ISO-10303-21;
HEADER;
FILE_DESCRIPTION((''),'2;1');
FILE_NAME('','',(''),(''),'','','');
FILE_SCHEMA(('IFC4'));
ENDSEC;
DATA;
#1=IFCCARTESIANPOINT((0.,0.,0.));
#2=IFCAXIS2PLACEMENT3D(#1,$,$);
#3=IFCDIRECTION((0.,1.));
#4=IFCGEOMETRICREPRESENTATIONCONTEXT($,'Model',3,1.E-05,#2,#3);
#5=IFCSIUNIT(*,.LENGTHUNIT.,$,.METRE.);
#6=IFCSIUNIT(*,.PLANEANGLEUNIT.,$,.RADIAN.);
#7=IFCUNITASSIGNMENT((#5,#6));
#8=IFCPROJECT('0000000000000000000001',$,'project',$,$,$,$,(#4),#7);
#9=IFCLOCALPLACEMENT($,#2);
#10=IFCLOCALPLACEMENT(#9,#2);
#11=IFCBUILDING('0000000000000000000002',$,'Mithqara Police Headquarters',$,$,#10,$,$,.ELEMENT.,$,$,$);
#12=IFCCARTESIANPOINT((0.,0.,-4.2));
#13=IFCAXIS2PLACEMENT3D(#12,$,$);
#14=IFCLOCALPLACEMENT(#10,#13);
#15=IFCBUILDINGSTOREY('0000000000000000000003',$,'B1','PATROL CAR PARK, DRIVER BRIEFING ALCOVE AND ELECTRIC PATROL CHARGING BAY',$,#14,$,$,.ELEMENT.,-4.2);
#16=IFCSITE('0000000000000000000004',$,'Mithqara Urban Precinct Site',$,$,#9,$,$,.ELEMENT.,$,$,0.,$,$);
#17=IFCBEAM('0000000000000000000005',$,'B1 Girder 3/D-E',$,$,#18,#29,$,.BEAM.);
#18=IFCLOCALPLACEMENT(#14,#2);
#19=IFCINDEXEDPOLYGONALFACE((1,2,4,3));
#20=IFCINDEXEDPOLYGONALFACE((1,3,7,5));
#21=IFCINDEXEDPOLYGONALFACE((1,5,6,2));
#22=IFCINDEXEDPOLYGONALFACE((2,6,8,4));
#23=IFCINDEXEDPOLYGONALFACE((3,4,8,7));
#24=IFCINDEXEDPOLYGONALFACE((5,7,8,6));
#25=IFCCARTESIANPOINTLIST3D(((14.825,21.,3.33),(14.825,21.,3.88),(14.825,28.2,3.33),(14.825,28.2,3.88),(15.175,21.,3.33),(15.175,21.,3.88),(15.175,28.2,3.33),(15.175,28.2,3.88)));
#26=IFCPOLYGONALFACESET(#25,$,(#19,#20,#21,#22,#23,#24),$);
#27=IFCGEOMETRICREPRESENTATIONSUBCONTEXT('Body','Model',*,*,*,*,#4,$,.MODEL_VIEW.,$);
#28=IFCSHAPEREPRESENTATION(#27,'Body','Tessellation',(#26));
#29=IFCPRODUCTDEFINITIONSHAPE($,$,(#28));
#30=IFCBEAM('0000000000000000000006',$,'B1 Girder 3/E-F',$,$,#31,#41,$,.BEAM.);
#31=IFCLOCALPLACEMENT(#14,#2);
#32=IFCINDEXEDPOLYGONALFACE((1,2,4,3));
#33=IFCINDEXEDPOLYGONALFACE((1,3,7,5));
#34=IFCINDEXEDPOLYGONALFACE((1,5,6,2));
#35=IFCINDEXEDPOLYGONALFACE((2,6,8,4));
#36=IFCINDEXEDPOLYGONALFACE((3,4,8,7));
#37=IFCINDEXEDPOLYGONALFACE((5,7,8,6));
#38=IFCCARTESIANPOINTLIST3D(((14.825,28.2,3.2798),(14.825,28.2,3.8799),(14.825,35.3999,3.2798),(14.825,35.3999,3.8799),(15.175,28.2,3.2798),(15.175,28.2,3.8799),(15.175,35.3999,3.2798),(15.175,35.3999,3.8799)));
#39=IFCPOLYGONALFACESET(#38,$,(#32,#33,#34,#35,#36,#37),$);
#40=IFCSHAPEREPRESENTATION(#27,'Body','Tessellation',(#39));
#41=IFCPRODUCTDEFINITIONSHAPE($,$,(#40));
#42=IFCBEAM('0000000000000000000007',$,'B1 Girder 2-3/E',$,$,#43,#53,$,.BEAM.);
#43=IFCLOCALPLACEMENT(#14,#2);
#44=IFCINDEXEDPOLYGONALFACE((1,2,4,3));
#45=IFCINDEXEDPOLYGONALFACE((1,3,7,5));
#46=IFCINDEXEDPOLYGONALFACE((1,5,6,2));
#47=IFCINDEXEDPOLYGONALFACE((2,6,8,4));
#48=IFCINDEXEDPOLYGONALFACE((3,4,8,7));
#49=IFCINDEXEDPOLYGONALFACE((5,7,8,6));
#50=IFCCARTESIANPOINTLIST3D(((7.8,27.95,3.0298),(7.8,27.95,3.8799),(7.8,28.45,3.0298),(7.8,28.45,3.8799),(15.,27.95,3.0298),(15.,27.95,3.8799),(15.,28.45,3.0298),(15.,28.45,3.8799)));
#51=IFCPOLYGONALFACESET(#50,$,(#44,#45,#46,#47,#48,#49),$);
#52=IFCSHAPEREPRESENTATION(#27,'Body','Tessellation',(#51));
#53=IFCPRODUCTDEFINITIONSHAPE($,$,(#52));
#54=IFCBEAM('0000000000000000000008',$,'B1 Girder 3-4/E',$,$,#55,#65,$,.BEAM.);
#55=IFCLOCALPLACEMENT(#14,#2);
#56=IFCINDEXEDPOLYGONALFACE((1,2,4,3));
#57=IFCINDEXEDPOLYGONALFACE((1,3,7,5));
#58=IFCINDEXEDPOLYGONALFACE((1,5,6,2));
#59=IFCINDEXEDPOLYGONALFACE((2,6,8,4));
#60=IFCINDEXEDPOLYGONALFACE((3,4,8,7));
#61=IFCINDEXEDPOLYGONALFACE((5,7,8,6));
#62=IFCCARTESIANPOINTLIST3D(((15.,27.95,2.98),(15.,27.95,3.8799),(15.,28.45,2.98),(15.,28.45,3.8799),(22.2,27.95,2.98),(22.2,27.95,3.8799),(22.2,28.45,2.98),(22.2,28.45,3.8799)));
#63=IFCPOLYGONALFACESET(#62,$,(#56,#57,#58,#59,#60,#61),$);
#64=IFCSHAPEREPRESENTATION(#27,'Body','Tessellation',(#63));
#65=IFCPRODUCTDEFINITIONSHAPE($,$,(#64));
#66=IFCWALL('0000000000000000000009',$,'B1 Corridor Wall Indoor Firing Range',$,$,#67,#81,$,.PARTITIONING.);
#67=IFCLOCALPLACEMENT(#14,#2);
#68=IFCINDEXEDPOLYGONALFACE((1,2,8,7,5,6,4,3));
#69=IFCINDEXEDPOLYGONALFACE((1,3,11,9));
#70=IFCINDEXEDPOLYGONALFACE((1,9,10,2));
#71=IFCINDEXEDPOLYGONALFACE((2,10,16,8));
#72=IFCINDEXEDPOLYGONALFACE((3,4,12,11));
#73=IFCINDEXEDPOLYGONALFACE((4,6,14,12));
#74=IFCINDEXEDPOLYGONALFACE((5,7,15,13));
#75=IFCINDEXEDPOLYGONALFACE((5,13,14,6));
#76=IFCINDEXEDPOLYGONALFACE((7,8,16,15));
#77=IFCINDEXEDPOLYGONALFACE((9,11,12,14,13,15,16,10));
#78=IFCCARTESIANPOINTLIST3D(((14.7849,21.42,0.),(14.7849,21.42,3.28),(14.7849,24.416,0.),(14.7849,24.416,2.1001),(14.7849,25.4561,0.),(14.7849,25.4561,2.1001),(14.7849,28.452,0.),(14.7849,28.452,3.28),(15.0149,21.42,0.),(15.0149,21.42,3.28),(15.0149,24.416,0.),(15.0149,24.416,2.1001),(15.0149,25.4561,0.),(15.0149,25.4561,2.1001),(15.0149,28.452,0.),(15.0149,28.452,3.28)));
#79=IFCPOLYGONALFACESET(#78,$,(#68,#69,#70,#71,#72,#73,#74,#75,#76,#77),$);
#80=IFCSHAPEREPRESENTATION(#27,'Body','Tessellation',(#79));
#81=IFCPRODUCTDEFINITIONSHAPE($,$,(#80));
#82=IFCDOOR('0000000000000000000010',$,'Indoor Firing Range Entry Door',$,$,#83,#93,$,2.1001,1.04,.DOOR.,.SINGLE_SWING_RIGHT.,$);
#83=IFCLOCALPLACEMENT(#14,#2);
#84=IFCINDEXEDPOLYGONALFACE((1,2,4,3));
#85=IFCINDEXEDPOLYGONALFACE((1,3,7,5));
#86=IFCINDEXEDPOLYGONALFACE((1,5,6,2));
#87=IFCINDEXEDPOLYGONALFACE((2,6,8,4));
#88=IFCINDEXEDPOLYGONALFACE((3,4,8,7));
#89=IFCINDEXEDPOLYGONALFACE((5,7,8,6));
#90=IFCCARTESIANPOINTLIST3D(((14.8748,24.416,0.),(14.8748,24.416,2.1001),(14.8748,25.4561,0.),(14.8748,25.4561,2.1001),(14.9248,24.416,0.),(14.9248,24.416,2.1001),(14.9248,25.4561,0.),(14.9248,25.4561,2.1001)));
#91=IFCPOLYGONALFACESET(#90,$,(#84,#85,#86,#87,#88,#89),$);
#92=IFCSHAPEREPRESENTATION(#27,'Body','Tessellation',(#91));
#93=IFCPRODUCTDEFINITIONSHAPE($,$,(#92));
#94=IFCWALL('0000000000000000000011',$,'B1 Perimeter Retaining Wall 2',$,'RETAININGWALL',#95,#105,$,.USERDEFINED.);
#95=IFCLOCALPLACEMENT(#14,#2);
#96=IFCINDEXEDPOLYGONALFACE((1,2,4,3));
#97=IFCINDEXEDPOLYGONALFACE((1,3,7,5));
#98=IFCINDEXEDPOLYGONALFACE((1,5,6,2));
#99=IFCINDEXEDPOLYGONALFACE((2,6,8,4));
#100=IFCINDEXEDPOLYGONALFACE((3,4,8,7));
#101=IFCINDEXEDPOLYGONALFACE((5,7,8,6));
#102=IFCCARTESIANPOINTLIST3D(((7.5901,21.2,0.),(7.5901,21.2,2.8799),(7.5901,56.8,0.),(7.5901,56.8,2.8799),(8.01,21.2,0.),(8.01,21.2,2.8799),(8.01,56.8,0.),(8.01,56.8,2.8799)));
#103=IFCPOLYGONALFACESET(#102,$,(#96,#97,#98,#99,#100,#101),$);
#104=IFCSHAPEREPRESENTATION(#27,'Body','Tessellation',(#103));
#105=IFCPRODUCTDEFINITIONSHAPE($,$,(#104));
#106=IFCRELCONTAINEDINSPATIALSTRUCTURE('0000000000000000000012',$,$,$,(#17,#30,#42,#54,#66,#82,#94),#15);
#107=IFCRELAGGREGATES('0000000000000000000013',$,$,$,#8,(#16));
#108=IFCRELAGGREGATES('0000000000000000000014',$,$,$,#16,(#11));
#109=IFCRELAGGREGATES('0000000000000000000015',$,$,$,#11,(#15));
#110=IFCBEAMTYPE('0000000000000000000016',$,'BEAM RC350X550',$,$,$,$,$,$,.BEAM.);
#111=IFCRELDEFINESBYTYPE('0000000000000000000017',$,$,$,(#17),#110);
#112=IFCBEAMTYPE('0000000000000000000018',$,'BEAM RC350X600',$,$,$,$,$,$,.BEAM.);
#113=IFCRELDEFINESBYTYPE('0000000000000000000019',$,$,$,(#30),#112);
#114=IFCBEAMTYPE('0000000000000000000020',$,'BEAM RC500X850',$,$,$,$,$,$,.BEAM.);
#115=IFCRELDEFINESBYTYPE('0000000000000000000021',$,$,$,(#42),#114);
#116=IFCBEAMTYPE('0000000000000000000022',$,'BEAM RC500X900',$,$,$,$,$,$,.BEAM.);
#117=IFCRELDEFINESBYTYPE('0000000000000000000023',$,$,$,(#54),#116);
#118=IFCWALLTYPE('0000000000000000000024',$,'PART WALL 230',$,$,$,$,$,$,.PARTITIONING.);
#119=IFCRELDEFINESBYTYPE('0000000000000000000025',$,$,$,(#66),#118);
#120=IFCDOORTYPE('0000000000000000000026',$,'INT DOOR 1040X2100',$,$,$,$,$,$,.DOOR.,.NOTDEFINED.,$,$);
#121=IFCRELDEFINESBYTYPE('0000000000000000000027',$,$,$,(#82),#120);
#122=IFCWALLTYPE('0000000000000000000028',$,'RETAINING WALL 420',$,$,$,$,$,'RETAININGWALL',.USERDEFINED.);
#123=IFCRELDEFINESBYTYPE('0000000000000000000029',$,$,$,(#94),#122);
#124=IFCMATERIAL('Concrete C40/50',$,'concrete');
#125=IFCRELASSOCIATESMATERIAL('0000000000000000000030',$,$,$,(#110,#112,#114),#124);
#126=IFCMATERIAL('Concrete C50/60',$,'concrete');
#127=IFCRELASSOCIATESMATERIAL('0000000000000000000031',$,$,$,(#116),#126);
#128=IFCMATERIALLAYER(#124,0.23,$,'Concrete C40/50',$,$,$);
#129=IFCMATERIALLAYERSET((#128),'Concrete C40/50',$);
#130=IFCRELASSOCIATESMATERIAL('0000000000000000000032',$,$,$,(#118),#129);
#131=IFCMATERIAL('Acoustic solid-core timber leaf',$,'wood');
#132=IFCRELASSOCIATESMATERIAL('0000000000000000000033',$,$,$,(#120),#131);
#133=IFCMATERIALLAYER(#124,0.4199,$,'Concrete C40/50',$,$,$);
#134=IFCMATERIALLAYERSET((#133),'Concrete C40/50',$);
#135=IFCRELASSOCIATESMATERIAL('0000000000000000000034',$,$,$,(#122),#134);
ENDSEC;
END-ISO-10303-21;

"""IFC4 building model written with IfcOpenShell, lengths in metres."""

from ifc_helpers import new_model, si_unit, direction, frame, frame_2d, origin, origin_2d, place, context, subcontext, project, spatial, rectangle, extrude, material, layer, layer_set, material_profile, profile_set, type_object, element, fill, save


model = new_model("IFC4")

# Units and contexts
model_context = context("Model", 3, precision=1e-05, world=origin(), true_north=direction((0.0, 1.0)))
body_context = subcontext(model_context, "Body", "Model", "MODEL_VIEW")
ifc_project = project(units=[si_unit("LENGTHUNIT", "METRE"), si_unit("PLANEANGLEUNIT", "RADIAN")], contexts=[model_context])

# Site, building, storey
site_placement = place(None, origin())
site = spatial("IfcSite", under=ifc_project, at=site_placement, Name="Mithqara Urban Precinct Site", CompositionType="ELEMENT", RefElevation=0.0)
building_placement = place(site_placement, origin())
building = spatial("IfcBuilding", under=site, at=building_placement, Name="Mithqara Police Headquarters", CompositionType="ELEMENT")
storey_placement = place(building_placement, frame((0.0, 0.0, -4.2)))
storey = spatial("IfcBuildingStorey", under=building, at=storey_placement, Name="B1", Description="PATROL CAR PARK, DRIVER BRIEFING ALCOVE AND ELECTRIC PATROL CHARGING BAY", CompositionType="ELEMENT", Elevation=-4.2)

# Shared definitions
ifc_material_1 = material(Name="Concrete C40/50", Category="concrete")

# Shared definitions
ifc_material_2 = material(Name="Concrete C50/60", Category="concrete")

# Beams
ifc_material_profile_1 = material_profile(ifc_material_1, rectangle(XDim=0.3501, YDim=0.55, at=origin_2d()), Name="RC 350x550")
ifc_profile_set_1 = profile_set([ifc_material_profile_1], Name="Concrete C40/50")
beam_type_1 = type_object("IfcBeamType", Name="BEAM RC350X550", PredefinedType="BEAM", material=ifc_profile_set_1)
for number, where, z_axis, x_axis, name in (
    (1, (15.0, 21.0, 3.605), (0.0, 1.0, 0.0), (-1.0, 0.0, 0.0), "B1 Girder 3/D-E"),
):
    element("IfcBeam", number, at=place(storey_placement, frame(where, z_axis=z_axis, x_axis=x_axis)), inside=storey, type_object=beam_type_1, Name=name, PredefinedType="BEAM", context=body_context, shape_type="SweptSolid", body=[
        extrude(rectangle(XDim=0.3501, YDim=0.55, at=origin_2d()), origin(), (0.0, 0.0, 1.0), 7.2),
    ])
ifc_material_profile_2 = material_profile(ifc_material_1, rectangle(XDim=0.3501, YDim=0.6001, at=origin_2d()), Name="RC 350x600")
ifc_profile_set_2 = profile_set([ifc_material_profile_2], Name="Concrete C40/50")
beam_type_2 = type_object("IfcBeamType", Name="BEAM RC350X600", PredefinedType="BEAM", material=ifc_profile_set_2)
beam_1_placement = place(storey_placement, frame((15.0, 28.2, 3.5798), z_axis=(0.0, 1.0, 0.0), x_axis=(-1.0, 0.0, 0.0)))
element("IfcBeam", 2, at=beam_1_placement, inside=storey, type_object=beam_type_2, Name="B1 Girder 3/E-F", PredefinedType="BEAM", context=body_context, shape_type="SweptSolid", body=[
    extrude(rectangle(XDim=0.3501, YDim=0.6001, at=origin_2d()), origin(), (0.0, 0.0, 1.0), 7.2),
])
ifc_material_profile_3 = material_profile(ifc_material_1, rectangle(XDim=0.5, YDim=0.8501, at=origin_2d()), Name="RC 500x850")
ifc_profile_set_3 = profile_set([ifc_material_profile_3], Name="Concrete C40/50")
beam_type_3 = type_object("IfcBeamType", Name="BEAM RC500X850", PredefinedType="BEAM", material=ifc_profile_set_3)
beam_2_placement = place(storey_placement, frame((7.8, 28.2, 3.4548), z_axis=(1.0, 0.0, 0.0), x_axis=(0.0, 1.0, 0.0)))
element("IfcBeam", 3, at=beam_2_placement, inside=storey, type_object=beam_type_3, Name="B1 Girder 2-3/E", PredefinedType="BEAM", context=body_context, shape_type="SweptSolid", body=[
    extrude(rectangle(XDim=0.5, YDim=0.8501, at=origin_2d()), origin(), (0.0, 0.0, 1.0), 7.2),
])
ifc_material_profile_4 = material_profile(ifc_material_2, rectangle(XDim=0.5, YDim=0.8999, at=origin_2d()), Name="RC 500x900")
ifc_profile_set_4 = profile_set([ifc_material_profile_4], Name="Concrete C50/60")
beam_type_4 = type_object("IfcBeamType", Name="BEAM RC500X900", PredefinedType="BEAM", material=ifc_profile_set_4)
beam_3_placement = place(storey_placement, frame((15.0, 28.2, 3.4299), z_axis=(1.0, 0.0, 0.0), x_axis=(0.0, 1.0, 0.0)))
element("IfcBeam", 4, at=beam_3_placement, inside=storey, type_object=beam_type_4, Name="B1 Girder 3-4/E", PredefinedType="BEAM", context=body_context, shape_type="SweptSolid", body=[
    extrude(rectangle(XDim=0.5, YDim=0.8999, at=origin_2d()), origin(), (0.0, 0.0, 1.0), 7.2),
])

# Wall, opening, door
ifc_layer_1 = layer(ifc_material_1, 0.23, Name="Concrete C40/50")
ifc_layer_set_1 = layer_set([ifc_layer_1], Name="Concrete C40/50")
wall_type_1 = type_object("IfcWallType", Name="PART WALL 230", PredefinedType="PARTITIONING", material=ifc_layer_set_1)
wall_1_placement = place(storey_placement, frame((14.8999, 21.4199, 0.0), z_axis=(0.0, 0.0, 1.0), x_axis=(0.0, 1.0, 0.0)))
wall_1 = element("IfcWall", 5, at=wall_1_placement, inside=storey, type_object=wall_type_1, Name="B1 Corridor Wall Indoor Firing Range", PredefinedType="PARTITIONING", context=body_context, shape_type="SweptSolid", body=[
    extrude(rectangle(XDim=7.032, YDim=0.23, at=frame_2d((3.5161, 0.0))), origin(), (0.0, 0.0, 1.0), 3.28),
])
opening_placement = place(wall_1_placement, frame((2.9961, 0.0, 0.0)))
opening = element("IfcOpeningElement", 6, at=opening_placement, cuts=wall_1, PredefinedType="OPENING", context=body_context, shape_type="SweptSolid", body=[
    extrude(rectangle(XDim=1.04, YDim=2.1001, at=frame_2d((0.52, 1.05))), frame((0.0, 0.125, 0.0), z_axis=(0.0, -1.0, 0.0), x_axis=(1.0, 0.0, 0.0)), (0.0, 0.0, 1.0), 0.25),
])
ifc_material_3 = material(Name="Acoustic solid-core timber leaf", Category="wood")
door_type = type_object("IfcDoorType", Name="INT DOOR 1040X2100", OperationType="NOTDEFINED", PredefinedType="DOOR", material=ifc_material_3)
door_placement = place(opening_placement, frame((1.04, 0.0, 0.0), z_axis=(0.0, 0.0, 1.0), x_axis=(-1.0, 0.0, 0.0)))
door = element("IfcDoor", 7, at=door_placement, inside=storey, type_object=door_type, Name="Indoor Firing Range Entry Door", OperationType="SINGLE_SWING_RIGHT", OverallHeight=2.1001, OverallWidth=1.04, PredefinedType="DOOR", context=body_context, shape_type="SweptSolid", body=[
    extrude(rectangle(XDim=1.04, YDim=2.1001, at=frame_2d((0.52, 1.05))), frame((0.0, 0.0249, 0.0), z_axis=(0.0, -1.0, 0.0), x_axis=(1.0, 0.0, 0.0)), (0.0, 0.0, 1.0), 0.05),
])
fill(opening, door)

# Wall
ifc_layer_2 = layer(ifc_material_1, 0.4199, Name="Concrete C40/50")
ifc_layer_set_2 = layer_set([ifc_layer_2], Name="Concrete C40/50")
wall_type_2 = type_object("IfcWallType", Name="RETAINING WALL 420", ElementType="RETAININGWALL", PredefinedType="USERDEFINED", material=ifc_layer_set_2)
wall_2_placement = place(storey_placement, frame((7.8, 21.2, 0.0), z_axis=(0.0, 0.0, 1.0), x_axis=(0.0, 1.0, 0.0)))
element("IfcWall", 8, at=wall_2_placement, inside=storey, type_object=wall_type_2, Name="B1 Perimeter Retaining Wall 2", ObjectType="RETAININGWALL", PredefinedType="USERDEFINED", context=body_context, shape_type="SweptSolid", body=[
    extrude(rectangle(XDim=35.6001, YDim=0.4199, at=frame_2d((17.8, 0.0))), origin(), (0.0, 0.0, 1.0), 2.8799),
])

save(model, "model.ifc")
